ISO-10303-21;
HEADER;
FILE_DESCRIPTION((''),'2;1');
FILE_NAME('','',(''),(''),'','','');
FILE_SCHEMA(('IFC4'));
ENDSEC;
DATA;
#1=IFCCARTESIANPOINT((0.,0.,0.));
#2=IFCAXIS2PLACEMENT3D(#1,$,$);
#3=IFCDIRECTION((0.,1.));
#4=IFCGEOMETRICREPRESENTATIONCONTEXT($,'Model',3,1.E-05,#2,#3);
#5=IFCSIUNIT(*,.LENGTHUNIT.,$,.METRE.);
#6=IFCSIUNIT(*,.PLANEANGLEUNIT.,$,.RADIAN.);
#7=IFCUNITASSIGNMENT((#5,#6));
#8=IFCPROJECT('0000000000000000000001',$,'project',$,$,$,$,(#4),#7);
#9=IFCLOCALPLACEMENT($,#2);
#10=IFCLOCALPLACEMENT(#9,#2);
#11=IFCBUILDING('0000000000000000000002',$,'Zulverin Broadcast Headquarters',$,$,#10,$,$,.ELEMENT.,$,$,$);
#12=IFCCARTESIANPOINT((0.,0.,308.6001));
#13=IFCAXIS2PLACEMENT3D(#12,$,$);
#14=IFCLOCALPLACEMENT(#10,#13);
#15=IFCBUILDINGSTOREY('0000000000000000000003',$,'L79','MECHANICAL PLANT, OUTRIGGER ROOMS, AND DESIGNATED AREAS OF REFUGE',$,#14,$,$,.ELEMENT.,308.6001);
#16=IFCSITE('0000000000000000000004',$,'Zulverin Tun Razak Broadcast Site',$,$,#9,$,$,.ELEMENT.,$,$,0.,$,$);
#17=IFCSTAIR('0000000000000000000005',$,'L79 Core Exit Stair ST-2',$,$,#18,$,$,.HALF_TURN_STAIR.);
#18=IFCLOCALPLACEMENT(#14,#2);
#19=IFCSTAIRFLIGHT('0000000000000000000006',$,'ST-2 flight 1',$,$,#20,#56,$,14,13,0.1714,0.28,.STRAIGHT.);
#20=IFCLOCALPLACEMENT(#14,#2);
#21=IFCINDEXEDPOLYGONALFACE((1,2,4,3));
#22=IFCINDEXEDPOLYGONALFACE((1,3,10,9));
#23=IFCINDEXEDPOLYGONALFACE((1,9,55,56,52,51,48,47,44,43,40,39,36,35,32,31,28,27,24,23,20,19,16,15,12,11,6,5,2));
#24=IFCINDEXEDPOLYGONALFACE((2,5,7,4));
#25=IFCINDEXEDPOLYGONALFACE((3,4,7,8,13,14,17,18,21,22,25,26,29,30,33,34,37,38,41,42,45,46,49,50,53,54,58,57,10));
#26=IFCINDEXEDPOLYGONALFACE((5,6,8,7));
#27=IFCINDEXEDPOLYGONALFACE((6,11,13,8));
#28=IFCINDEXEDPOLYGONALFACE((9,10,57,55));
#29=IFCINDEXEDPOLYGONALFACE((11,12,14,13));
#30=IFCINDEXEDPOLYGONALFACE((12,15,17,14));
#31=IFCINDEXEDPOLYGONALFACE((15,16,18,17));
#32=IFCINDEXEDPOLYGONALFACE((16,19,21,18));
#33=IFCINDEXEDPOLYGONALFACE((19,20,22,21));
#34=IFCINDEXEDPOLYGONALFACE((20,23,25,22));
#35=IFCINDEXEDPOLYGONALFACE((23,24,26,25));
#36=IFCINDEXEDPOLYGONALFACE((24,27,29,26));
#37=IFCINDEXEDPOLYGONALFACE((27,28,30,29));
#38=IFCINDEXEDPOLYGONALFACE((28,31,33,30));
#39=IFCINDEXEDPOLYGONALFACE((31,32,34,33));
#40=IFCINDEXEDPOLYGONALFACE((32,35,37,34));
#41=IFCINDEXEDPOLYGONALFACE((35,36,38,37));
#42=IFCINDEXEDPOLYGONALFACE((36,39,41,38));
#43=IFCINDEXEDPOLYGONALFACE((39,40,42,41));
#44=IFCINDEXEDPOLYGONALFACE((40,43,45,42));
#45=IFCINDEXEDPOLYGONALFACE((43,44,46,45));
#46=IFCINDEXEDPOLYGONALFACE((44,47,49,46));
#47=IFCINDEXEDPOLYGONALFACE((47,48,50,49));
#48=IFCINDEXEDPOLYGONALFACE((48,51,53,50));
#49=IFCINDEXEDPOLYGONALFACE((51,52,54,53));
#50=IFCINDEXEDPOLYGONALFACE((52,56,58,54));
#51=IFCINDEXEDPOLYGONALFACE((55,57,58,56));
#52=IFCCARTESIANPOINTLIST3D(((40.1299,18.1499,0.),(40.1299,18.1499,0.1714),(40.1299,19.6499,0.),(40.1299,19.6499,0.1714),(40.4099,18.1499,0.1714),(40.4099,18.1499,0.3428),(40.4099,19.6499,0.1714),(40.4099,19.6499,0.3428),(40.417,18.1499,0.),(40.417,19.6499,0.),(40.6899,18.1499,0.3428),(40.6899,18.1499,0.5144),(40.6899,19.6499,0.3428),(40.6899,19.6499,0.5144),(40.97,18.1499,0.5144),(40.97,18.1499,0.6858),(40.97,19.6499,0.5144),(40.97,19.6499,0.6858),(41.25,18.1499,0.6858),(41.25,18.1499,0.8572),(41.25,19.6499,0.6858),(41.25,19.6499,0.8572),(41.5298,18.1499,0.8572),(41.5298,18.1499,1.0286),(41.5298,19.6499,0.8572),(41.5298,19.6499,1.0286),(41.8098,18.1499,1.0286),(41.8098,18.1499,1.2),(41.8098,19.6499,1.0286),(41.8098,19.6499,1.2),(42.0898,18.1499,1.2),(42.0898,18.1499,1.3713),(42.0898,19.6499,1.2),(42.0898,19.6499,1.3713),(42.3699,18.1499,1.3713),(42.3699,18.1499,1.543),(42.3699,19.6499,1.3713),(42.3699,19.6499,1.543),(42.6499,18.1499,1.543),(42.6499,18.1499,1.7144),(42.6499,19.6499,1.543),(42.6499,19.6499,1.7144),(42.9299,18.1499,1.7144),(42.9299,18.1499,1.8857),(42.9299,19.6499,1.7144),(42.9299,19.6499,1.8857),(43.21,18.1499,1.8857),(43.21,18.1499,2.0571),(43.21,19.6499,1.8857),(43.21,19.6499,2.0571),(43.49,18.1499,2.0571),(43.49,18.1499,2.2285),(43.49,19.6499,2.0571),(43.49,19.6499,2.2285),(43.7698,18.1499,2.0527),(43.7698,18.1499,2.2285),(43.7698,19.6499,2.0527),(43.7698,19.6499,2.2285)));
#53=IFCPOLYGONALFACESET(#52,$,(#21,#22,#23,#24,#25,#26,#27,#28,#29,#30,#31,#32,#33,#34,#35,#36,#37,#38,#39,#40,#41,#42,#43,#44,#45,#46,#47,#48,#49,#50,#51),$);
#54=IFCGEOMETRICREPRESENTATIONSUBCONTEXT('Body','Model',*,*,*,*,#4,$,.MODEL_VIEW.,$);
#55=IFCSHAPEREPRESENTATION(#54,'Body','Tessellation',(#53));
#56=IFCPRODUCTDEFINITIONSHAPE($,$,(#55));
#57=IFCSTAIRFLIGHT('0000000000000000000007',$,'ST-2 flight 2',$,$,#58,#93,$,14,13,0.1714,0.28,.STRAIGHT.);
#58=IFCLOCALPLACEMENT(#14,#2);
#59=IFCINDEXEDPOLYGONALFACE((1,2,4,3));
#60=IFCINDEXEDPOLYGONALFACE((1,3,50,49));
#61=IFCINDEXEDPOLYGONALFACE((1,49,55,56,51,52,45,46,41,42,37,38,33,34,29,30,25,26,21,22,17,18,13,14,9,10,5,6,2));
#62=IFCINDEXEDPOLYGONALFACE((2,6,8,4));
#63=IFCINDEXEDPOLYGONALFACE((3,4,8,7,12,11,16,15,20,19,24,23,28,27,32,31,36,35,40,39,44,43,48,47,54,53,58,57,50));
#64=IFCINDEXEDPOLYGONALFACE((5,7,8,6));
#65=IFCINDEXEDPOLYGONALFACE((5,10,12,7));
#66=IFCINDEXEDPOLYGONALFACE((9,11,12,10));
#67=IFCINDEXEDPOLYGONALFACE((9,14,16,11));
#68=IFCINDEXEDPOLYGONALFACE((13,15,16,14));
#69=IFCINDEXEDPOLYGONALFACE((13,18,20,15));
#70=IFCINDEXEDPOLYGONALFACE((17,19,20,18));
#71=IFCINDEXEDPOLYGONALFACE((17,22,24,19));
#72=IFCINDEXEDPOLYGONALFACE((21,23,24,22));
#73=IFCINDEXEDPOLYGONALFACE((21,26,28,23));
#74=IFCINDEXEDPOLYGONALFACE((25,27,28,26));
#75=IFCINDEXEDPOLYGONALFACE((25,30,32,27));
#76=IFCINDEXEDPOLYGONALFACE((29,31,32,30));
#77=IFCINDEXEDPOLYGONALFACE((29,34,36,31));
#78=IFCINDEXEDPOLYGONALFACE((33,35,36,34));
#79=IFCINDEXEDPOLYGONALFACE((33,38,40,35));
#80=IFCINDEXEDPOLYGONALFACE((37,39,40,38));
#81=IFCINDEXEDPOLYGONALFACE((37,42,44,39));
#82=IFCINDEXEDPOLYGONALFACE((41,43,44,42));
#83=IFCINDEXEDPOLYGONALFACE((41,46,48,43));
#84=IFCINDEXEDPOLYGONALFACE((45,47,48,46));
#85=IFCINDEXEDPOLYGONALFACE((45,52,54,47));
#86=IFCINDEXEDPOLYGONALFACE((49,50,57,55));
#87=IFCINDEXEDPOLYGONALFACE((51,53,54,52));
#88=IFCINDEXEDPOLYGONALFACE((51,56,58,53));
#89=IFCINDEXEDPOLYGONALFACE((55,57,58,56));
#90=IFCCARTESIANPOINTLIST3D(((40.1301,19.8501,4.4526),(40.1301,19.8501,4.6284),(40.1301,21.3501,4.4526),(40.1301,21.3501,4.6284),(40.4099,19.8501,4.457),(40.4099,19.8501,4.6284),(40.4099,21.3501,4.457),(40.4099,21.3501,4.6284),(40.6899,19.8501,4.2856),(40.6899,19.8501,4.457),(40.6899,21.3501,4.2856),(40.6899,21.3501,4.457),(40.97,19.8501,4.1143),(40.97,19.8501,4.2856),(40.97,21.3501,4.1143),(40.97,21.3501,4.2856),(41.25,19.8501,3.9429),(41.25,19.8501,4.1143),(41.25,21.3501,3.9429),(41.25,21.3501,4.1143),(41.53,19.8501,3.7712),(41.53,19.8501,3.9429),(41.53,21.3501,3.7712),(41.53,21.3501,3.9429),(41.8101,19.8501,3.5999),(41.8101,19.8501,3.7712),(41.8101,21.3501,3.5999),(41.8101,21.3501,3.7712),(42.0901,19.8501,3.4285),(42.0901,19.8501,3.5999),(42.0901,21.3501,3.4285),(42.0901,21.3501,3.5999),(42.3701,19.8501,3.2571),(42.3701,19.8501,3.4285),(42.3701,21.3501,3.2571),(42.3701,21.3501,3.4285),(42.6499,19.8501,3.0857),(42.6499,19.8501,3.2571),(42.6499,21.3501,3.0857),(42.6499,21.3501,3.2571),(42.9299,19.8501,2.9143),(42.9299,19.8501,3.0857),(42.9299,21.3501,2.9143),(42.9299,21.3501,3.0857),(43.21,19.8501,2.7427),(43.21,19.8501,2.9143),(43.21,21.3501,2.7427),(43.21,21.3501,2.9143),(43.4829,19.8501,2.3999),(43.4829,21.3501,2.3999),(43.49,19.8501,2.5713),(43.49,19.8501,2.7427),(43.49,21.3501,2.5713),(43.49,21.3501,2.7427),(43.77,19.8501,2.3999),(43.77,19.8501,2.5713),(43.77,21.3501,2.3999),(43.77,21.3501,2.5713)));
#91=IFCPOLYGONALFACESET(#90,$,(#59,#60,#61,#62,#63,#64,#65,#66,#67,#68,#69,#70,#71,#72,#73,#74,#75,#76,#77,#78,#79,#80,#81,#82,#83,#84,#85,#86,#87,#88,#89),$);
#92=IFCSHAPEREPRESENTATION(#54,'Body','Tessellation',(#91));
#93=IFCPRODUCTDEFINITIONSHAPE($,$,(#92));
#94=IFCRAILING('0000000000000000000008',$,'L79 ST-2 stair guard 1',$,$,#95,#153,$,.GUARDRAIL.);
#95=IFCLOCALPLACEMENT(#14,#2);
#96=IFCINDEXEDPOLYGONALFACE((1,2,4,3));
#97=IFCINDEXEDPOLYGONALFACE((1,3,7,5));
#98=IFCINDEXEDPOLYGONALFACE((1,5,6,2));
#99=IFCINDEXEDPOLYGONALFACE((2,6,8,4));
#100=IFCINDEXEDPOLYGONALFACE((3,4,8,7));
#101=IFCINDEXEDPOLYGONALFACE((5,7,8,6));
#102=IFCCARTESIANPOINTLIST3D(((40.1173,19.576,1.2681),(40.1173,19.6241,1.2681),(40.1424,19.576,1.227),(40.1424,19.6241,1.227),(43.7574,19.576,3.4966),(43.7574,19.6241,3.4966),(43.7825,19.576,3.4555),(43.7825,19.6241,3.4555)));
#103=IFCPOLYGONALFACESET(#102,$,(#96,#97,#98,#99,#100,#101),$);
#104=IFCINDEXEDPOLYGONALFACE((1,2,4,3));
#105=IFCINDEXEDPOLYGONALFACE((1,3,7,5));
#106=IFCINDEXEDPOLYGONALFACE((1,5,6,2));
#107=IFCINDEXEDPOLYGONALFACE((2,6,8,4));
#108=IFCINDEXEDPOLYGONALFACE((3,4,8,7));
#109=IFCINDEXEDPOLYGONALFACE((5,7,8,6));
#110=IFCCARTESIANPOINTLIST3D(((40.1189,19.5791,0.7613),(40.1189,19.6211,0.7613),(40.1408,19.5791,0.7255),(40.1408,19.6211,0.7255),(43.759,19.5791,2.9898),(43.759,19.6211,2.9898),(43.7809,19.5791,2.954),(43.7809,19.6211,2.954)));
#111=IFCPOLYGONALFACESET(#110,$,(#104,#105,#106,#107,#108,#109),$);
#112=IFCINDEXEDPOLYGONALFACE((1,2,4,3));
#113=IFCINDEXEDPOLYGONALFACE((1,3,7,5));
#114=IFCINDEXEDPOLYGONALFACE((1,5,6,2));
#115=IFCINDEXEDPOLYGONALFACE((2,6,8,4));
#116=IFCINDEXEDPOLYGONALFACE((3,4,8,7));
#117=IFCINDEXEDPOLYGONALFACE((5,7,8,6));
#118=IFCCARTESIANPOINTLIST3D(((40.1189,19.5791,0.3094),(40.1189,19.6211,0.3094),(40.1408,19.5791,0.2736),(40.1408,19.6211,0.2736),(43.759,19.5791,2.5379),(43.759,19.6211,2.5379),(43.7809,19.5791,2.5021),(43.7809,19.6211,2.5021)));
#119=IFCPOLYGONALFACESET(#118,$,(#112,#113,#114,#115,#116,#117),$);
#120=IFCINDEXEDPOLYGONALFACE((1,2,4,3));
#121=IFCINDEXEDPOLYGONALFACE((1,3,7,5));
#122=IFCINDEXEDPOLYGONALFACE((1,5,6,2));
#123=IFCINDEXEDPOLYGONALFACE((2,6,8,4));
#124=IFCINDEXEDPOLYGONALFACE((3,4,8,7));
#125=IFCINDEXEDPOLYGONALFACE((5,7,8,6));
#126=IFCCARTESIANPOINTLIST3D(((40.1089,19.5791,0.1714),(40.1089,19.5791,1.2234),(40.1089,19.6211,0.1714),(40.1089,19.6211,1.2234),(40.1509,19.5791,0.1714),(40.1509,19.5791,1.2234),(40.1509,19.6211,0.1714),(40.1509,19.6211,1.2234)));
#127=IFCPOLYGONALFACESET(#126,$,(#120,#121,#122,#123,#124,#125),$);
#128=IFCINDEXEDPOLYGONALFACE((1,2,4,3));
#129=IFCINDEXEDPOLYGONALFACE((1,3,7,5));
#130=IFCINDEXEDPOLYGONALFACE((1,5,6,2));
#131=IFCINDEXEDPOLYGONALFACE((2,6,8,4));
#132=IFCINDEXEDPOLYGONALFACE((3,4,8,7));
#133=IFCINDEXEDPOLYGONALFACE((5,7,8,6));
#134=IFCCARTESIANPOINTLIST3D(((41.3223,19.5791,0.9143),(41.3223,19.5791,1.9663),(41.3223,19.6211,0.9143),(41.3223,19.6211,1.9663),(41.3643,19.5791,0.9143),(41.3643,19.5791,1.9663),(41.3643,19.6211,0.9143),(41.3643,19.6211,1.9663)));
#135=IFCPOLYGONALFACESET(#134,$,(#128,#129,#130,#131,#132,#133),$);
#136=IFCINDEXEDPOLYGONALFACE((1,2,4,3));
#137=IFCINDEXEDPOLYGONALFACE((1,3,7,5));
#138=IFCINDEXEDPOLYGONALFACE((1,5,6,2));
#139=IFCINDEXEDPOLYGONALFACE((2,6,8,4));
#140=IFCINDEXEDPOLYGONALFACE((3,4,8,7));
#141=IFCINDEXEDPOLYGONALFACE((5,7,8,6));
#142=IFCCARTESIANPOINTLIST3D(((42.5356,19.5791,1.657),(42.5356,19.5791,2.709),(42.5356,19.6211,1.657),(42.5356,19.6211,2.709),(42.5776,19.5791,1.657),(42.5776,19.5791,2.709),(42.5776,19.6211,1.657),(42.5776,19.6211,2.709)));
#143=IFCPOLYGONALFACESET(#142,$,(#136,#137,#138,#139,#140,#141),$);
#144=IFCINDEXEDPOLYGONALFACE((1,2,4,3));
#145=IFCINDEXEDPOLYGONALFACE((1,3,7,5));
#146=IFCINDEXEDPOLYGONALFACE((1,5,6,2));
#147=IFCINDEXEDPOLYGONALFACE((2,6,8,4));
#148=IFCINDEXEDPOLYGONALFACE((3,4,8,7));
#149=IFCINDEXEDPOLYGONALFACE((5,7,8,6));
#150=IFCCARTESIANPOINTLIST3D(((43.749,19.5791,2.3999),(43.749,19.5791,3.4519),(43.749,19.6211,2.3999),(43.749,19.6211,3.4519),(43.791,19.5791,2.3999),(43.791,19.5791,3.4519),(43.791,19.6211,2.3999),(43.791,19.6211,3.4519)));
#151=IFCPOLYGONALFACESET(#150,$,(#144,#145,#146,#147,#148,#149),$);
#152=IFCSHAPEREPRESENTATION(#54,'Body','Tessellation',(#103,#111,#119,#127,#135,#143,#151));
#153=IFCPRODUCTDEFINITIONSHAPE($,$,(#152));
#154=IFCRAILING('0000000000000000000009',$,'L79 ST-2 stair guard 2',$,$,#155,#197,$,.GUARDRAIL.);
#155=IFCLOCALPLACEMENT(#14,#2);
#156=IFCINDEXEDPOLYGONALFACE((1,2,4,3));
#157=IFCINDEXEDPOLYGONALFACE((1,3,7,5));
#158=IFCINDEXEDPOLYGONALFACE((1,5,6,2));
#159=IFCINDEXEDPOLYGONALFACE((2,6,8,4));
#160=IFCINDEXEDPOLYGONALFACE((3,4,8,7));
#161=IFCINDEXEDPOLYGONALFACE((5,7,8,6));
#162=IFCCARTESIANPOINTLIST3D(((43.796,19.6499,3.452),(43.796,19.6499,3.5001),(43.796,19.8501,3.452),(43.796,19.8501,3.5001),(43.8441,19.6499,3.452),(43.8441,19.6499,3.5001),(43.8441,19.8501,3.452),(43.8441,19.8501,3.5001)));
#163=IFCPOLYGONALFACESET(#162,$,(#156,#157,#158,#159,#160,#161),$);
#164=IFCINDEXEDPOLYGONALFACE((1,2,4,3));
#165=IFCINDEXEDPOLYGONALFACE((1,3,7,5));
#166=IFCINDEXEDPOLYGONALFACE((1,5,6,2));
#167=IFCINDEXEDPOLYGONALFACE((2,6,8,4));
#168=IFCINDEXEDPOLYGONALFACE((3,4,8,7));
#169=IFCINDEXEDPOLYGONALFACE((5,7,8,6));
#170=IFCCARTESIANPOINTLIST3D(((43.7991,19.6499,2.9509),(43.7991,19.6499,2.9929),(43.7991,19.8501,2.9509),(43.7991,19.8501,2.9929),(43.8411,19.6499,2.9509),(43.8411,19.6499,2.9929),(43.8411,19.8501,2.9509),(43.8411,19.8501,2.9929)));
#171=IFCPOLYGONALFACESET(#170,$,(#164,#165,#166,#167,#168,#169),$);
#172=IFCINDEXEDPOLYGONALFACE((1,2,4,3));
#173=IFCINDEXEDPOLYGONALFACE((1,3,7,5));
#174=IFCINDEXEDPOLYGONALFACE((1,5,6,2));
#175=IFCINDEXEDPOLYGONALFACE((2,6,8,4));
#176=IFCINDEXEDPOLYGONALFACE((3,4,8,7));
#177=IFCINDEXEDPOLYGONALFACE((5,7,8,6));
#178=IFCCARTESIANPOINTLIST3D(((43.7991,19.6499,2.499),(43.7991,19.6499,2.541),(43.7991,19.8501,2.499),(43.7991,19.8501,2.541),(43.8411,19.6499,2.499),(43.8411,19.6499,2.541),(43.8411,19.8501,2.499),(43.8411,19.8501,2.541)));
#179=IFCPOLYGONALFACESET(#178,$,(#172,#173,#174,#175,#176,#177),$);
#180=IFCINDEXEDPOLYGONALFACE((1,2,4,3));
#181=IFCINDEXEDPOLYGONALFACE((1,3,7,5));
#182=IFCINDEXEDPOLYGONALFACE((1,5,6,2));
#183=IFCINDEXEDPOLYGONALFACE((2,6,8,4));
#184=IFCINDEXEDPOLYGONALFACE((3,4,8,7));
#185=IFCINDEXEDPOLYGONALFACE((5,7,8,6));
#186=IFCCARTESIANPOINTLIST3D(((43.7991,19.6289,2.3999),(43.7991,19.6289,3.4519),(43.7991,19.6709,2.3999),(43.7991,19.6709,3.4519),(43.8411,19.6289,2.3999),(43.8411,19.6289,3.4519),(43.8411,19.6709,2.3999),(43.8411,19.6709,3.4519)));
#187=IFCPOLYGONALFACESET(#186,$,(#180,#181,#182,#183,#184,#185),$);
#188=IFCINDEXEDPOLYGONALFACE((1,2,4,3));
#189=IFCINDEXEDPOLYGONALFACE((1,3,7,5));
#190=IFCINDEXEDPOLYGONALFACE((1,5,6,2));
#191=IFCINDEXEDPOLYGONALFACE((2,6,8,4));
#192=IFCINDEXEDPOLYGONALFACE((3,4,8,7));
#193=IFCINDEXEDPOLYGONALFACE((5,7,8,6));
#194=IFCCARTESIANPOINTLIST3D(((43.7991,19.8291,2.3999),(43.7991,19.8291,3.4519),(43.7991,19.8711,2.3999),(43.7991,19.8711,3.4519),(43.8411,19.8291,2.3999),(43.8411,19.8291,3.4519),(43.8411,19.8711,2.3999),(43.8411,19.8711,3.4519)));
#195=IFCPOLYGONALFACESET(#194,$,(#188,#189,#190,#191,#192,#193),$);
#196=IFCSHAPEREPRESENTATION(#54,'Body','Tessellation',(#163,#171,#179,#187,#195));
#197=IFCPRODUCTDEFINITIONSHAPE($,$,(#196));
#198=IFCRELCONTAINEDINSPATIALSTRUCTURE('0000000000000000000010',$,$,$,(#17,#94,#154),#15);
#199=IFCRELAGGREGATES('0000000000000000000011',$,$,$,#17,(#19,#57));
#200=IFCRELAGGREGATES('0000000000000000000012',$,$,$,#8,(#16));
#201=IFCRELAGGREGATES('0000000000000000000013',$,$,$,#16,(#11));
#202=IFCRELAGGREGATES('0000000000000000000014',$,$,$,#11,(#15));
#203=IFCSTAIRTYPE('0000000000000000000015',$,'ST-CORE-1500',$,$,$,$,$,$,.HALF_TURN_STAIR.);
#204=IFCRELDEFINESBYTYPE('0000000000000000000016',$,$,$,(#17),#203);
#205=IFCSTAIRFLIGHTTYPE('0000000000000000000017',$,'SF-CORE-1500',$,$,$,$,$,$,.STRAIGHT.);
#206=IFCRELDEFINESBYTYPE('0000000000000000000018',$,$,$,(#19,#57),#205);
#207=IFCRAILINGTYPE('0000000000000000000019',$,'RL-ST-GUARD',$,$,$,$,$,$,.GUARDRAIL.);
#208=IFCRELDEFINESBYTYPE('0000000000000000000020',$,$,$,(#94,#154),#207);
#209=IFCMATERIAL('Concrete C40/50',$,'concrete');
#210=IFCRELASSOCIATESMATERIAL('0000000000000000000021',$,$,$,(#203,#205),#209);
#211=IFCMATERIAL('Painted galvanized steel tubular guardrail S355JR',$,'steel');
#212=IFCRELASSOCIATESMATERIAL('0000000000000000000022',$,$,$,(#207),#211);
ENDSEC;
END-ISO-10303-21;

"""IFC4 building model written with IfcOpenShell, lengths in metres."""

from ifc_helpers import new_model, si_unit, direction, frame, origin, origin_2d, place, context, subcontext, project, spatial, polyline, rectangle, outline, extrude, material, type_object, element, aggregate, save


model = new_model("IFC4")

# Units and contexts
model_context = context("Model", 3, precision=1e-05, world=origin(), true_north=direction((0.0, 1.0)))
body_context = subcontext(model_context, "Body", "Model", "MODEL_VIEW")
ifc_project = project(units=[si_unit("LENGTHUNIT", "METRE"), si_unit("PLANEANGLEUNIT", "RADIAN")], contexts=[model_context])

# Site, building, storey
site_placement = place(None, origin())
site = spatial("IfcSite", under=ifc_project, at=site_placement, Name="Zulverin Tun Razak Broadcast Site", CompositionType="ELEMENT", RefElevation=0.0)
building_placement = place(site_placement, origin())
building = spatial("IfcBuilding", under=site, at=building_placement, Name="Zulverin Broadcast Headquarters", CompositionType="ELEMENT")
storey_placement = place(building_placement, frame((0.0, 0.0, 308.6001)))
storey = spatial("IfcBuildingStorey", under=building, at=storey_placement, Name="L79", Description="MECHANICAL PLANT, OUTRIGGER ROOMS, AND DESIGNATED AREAS OF REFUGE", CompositionType="ELEMENT", Elevation=308.6001)

# Shared definitions
ifc_material_1 = material(Name="Concrete C40/50", Category="concrete")

# Stair, stair flights
stair_type = type_object("IfcStairType", Name="ST-CORE-1500", PredefinedType="HALF_TURN_STAIR", material=ifc_material_1)
stair_placement = place(storey_placement, origin())
stair = element("IfcStair", 1, at=stair_placement, inside=storey, type_object=stair_type, Name="L79 Core Exit Stair ST-2", PredefinedType="HALF_TURN_STAIR")
stair_flight_type = type_object("IfcStairFlightType", Name="SF-CORE-1500", PredefinedType="STRAIGHT", material=ifc_material_1)
stair_flight_1_placement = place(storey_placement, frame((40.1299, 18.8999, 0.0), z_axis=(0.0, 0.0, 1.0), x_axis=(1.0, 0.0, 0.0)))
stair_flight_1 = element("IfcStairFlight", 2, at=stair_flight_1_placement, type_object=stair_flight_type, Name="ST-2 flight 1", NumberOfRisers=14, NumberOfTreads=13, PredefinedType="STRAIGHT", RiserHeight=0.1714, TreadLength=0.28, context=body_context, shape_type="SweptSolid", body=[
    extrude(outline(polyline([(0.0, 0.0), (0.0, 0.1714), (0.28, 0.1714), (0.28, 0.3428), (0.5601, 0.3428), (0.5601, 0.5144), (0.8401, 0.5144), (0.8401, 0.6858), (1.1201, 0.6858), (1.1201, 0.8572), (1.3999, 0.8572), (1.3999, 1.0286), (1.6799, 1.0286), (1.6799, 1.2), (1.96, 1.2), (1.96, 1.3713), (2.24, 1.3713), (2.24, 1.543), (2.52, 1.543), (2.52, 1.7144), (2.8, 1.7144), (2.8, 1.8857), (3.0801, 1.8857), (3.0801, 2.0571), (3.3601, 2.0571), (3.3601, 2.2285), (3.6399, 2.2285), (3.6399, 2.3999), (3.6399, 2.0527), (0.2871, 0.0), (0.0, 0.0)])), frame((0.0, 0.75, 0.0), z_axis=(0.0, -1.0, 0.0), x_axis=(1.0, 0.0, 0.0)), (0.0, 0.0, 1.0), 1.5),
])
stair_flight_2_placement = place(storey_placement, frame((43.77, 20.6001, 2.3999), z_axis=(0.0, 0.0, 1.0), x_axis=(-1.0, 0.0, 0.0)))
stair_flight_2 = element("IfcStairFlight", 3, at=stair_flight_2_placement, type_object=stair_flight_type, Name="ST-2 flight 2", NumberOfRisers=14, NumberOfTreads=13, PredefinedType="STRAIGHT", RiserHeight=0.1714, TreadLength=0.28, context=body_context, shape_type="SweptSolid", body=[
    extrude(outline(polyline([(0.0, 0.0), (0.0, 0.1714), (0.28, 0.1714), (0.28, 0.3428), (0.5601, 0.3428), (0.5601, 0.5144), (0.8401, 0.5144), (0.8401, 0.6858), (1.1201, 0.6858), (1.1201, 0.8572), (1.3999, 0.8572), (1.3999, 1.0286), (1.6799, 1.0286), (1.6799, 1.2), (1.96, 1.2), (1.96, 1.3713), (2.24, 1.3713), (2.24, 1.543), (2.52, 1.543), (2.52, 1.7144), (2.8, 1.7144), (2.8, 1.8857), (3.0801, 1.8857), (3.0801, 2.0571), (3.3601, 2.0571), (3.3601, 2.2285), (3.6399, 2.2285), (3.6399, 2.3999), (3.6399, 2.0527), (0.2871, 0.0), (0.0, 0.0)])), frame((0.0, 0.75, 0.0), z_axis=(0.0, -1.0, 0.0), x_axis=(1.0, 0.0, 0.0)), (0.0, 0.0, 1.0), 1.5),
])
aggregate(stair, [stair_flight_1, stair_flight_2])

# Railings
ifc_material_2 = material(Name="Painted galvanized steel tubular guardrail S355JR", Category="steel")
railing_type_1 = type_object("IfcRailingType", Name="RL-ST-GUARD", PredefinedType="GUARDRAIL", material=ifc_material_2)
railing_1_placement = place(storey_placement, frame((40.1299, 19.6001, 0.1714)))
element("IfcRailing", 4, at=railing_1_placement, inside=storey, type_object=railing_type_1, Name="L79 ST-2 stair guard 1", PredefinedType="GUARDRAIL", context=body_context, shape_type="SweptSolid", body=[
    extrude(rectangle(XDim=0.0481, YDim=0.0481, at=origin_2d()), frame((0.0, 0.0, 1.0762), z_axis=(0.852866, 0.0, 0.52213), x_axis=(0.0, 1.0, 0.0)), (0.0, 0.0, 1.0), 4.2681),
    extrude(rectangle(XDim=0.042, YDim=0.042, at=origin_2d()), frame((0.0, 0.0, 0.572), z_axis=(0.852866, 0.0, 0.52213), x_axis=(0.0, 1.0, 0.0)), (0.0, 0.0, 1.0), 4.2681),
    extrude(rectangle(XDim=0.042, YDim=0.042, at=origin_2d()), frame((0.0, 0.0, 0.1201), z_axis=(0.852866, 0.0, 0.52213), x_axis=(0.0, 1.0, 0.0)), (0.0, 0.0, 1.0), 4.2681),
    extrude(rectangle(XDim=0.042, YDim=0.042, at=origin_2d()), origin(), (0.0, 0.0, 1.0), 1.052),
    extrude(rectangle(XDim=0.042, YDim=0.042, at=origin_2d()), frame((1.2134, 0.0, 0.7429)), (0.0, 0.0, 1.0), 1.052),
    extrude(rectangle(XDim=0.042, YDim=0.042, at=origin_2d()), frame((2.4268, 0.0, 1.4856)), (0.0, 0.0, 1.0), 1.052),
    extrude(rectangle(XDim=0.042, YDim=0.042, at=origin_2d()), frame((3.6401, 0.0, 2.2285)), (0.0, 0.0, 1.0), 1.052),
])
railing_2_placement = place(storey_placement, frame((43.8201, 19.6499, 2.3999)))
element("IfcRailing", 5, at=railing_2_placement, inside=storey, type_object=railing_type_1, Name="L79 ST-2 stair guard 2", PredefinedType="GUARDRAIL", context=body_context, shape_type="SweptSolid", body=[
    extrude(rectangle(XDim=0.0481, YDim=0.0481, at=origin_2d()), frame((0.0, 0.0, 1.0762), z_axis=(0.0, 1.0, 0.0), x_axis=(-1.0, 0.0, 0.0)), (0.0, 0.0, 1.0), 0.2002),
    extrude(rectangle(XDim=0.042, YDim=0.042, at=origin_2d()), frame((0.0, 0.0, 0.572), z_axis=(0.0, 1.0, 0.0), x_axis=(-1.0, 0.0, 0.0)), (0.0, 0.0, 1.0), 0.2002),
    extrude(rectangle(XDim=0.042, YDim=0.042, at=origin_2d()), frame((0.0, 0.0, 0.1201), z_axis=(0.0, 1.0, 0.0), x_axis=(-1.0, 0.0, 0.0)), (0.0, 0.0, 1.0), 0.2002),
    extrude(rectangle(XDim=0.042, YDim=0.042, at=origin_2d()), origin(), (0.0, 0.0, 1.0), 1.052),
    extrude(rectangle(XDim=0.042, YDim=0.042, at=origin_2d()), frame((0.0, 0.2002, 0.0)), (0.0, 0.0, 1.0), 1.052),
])

save(model, "model.ifc")
